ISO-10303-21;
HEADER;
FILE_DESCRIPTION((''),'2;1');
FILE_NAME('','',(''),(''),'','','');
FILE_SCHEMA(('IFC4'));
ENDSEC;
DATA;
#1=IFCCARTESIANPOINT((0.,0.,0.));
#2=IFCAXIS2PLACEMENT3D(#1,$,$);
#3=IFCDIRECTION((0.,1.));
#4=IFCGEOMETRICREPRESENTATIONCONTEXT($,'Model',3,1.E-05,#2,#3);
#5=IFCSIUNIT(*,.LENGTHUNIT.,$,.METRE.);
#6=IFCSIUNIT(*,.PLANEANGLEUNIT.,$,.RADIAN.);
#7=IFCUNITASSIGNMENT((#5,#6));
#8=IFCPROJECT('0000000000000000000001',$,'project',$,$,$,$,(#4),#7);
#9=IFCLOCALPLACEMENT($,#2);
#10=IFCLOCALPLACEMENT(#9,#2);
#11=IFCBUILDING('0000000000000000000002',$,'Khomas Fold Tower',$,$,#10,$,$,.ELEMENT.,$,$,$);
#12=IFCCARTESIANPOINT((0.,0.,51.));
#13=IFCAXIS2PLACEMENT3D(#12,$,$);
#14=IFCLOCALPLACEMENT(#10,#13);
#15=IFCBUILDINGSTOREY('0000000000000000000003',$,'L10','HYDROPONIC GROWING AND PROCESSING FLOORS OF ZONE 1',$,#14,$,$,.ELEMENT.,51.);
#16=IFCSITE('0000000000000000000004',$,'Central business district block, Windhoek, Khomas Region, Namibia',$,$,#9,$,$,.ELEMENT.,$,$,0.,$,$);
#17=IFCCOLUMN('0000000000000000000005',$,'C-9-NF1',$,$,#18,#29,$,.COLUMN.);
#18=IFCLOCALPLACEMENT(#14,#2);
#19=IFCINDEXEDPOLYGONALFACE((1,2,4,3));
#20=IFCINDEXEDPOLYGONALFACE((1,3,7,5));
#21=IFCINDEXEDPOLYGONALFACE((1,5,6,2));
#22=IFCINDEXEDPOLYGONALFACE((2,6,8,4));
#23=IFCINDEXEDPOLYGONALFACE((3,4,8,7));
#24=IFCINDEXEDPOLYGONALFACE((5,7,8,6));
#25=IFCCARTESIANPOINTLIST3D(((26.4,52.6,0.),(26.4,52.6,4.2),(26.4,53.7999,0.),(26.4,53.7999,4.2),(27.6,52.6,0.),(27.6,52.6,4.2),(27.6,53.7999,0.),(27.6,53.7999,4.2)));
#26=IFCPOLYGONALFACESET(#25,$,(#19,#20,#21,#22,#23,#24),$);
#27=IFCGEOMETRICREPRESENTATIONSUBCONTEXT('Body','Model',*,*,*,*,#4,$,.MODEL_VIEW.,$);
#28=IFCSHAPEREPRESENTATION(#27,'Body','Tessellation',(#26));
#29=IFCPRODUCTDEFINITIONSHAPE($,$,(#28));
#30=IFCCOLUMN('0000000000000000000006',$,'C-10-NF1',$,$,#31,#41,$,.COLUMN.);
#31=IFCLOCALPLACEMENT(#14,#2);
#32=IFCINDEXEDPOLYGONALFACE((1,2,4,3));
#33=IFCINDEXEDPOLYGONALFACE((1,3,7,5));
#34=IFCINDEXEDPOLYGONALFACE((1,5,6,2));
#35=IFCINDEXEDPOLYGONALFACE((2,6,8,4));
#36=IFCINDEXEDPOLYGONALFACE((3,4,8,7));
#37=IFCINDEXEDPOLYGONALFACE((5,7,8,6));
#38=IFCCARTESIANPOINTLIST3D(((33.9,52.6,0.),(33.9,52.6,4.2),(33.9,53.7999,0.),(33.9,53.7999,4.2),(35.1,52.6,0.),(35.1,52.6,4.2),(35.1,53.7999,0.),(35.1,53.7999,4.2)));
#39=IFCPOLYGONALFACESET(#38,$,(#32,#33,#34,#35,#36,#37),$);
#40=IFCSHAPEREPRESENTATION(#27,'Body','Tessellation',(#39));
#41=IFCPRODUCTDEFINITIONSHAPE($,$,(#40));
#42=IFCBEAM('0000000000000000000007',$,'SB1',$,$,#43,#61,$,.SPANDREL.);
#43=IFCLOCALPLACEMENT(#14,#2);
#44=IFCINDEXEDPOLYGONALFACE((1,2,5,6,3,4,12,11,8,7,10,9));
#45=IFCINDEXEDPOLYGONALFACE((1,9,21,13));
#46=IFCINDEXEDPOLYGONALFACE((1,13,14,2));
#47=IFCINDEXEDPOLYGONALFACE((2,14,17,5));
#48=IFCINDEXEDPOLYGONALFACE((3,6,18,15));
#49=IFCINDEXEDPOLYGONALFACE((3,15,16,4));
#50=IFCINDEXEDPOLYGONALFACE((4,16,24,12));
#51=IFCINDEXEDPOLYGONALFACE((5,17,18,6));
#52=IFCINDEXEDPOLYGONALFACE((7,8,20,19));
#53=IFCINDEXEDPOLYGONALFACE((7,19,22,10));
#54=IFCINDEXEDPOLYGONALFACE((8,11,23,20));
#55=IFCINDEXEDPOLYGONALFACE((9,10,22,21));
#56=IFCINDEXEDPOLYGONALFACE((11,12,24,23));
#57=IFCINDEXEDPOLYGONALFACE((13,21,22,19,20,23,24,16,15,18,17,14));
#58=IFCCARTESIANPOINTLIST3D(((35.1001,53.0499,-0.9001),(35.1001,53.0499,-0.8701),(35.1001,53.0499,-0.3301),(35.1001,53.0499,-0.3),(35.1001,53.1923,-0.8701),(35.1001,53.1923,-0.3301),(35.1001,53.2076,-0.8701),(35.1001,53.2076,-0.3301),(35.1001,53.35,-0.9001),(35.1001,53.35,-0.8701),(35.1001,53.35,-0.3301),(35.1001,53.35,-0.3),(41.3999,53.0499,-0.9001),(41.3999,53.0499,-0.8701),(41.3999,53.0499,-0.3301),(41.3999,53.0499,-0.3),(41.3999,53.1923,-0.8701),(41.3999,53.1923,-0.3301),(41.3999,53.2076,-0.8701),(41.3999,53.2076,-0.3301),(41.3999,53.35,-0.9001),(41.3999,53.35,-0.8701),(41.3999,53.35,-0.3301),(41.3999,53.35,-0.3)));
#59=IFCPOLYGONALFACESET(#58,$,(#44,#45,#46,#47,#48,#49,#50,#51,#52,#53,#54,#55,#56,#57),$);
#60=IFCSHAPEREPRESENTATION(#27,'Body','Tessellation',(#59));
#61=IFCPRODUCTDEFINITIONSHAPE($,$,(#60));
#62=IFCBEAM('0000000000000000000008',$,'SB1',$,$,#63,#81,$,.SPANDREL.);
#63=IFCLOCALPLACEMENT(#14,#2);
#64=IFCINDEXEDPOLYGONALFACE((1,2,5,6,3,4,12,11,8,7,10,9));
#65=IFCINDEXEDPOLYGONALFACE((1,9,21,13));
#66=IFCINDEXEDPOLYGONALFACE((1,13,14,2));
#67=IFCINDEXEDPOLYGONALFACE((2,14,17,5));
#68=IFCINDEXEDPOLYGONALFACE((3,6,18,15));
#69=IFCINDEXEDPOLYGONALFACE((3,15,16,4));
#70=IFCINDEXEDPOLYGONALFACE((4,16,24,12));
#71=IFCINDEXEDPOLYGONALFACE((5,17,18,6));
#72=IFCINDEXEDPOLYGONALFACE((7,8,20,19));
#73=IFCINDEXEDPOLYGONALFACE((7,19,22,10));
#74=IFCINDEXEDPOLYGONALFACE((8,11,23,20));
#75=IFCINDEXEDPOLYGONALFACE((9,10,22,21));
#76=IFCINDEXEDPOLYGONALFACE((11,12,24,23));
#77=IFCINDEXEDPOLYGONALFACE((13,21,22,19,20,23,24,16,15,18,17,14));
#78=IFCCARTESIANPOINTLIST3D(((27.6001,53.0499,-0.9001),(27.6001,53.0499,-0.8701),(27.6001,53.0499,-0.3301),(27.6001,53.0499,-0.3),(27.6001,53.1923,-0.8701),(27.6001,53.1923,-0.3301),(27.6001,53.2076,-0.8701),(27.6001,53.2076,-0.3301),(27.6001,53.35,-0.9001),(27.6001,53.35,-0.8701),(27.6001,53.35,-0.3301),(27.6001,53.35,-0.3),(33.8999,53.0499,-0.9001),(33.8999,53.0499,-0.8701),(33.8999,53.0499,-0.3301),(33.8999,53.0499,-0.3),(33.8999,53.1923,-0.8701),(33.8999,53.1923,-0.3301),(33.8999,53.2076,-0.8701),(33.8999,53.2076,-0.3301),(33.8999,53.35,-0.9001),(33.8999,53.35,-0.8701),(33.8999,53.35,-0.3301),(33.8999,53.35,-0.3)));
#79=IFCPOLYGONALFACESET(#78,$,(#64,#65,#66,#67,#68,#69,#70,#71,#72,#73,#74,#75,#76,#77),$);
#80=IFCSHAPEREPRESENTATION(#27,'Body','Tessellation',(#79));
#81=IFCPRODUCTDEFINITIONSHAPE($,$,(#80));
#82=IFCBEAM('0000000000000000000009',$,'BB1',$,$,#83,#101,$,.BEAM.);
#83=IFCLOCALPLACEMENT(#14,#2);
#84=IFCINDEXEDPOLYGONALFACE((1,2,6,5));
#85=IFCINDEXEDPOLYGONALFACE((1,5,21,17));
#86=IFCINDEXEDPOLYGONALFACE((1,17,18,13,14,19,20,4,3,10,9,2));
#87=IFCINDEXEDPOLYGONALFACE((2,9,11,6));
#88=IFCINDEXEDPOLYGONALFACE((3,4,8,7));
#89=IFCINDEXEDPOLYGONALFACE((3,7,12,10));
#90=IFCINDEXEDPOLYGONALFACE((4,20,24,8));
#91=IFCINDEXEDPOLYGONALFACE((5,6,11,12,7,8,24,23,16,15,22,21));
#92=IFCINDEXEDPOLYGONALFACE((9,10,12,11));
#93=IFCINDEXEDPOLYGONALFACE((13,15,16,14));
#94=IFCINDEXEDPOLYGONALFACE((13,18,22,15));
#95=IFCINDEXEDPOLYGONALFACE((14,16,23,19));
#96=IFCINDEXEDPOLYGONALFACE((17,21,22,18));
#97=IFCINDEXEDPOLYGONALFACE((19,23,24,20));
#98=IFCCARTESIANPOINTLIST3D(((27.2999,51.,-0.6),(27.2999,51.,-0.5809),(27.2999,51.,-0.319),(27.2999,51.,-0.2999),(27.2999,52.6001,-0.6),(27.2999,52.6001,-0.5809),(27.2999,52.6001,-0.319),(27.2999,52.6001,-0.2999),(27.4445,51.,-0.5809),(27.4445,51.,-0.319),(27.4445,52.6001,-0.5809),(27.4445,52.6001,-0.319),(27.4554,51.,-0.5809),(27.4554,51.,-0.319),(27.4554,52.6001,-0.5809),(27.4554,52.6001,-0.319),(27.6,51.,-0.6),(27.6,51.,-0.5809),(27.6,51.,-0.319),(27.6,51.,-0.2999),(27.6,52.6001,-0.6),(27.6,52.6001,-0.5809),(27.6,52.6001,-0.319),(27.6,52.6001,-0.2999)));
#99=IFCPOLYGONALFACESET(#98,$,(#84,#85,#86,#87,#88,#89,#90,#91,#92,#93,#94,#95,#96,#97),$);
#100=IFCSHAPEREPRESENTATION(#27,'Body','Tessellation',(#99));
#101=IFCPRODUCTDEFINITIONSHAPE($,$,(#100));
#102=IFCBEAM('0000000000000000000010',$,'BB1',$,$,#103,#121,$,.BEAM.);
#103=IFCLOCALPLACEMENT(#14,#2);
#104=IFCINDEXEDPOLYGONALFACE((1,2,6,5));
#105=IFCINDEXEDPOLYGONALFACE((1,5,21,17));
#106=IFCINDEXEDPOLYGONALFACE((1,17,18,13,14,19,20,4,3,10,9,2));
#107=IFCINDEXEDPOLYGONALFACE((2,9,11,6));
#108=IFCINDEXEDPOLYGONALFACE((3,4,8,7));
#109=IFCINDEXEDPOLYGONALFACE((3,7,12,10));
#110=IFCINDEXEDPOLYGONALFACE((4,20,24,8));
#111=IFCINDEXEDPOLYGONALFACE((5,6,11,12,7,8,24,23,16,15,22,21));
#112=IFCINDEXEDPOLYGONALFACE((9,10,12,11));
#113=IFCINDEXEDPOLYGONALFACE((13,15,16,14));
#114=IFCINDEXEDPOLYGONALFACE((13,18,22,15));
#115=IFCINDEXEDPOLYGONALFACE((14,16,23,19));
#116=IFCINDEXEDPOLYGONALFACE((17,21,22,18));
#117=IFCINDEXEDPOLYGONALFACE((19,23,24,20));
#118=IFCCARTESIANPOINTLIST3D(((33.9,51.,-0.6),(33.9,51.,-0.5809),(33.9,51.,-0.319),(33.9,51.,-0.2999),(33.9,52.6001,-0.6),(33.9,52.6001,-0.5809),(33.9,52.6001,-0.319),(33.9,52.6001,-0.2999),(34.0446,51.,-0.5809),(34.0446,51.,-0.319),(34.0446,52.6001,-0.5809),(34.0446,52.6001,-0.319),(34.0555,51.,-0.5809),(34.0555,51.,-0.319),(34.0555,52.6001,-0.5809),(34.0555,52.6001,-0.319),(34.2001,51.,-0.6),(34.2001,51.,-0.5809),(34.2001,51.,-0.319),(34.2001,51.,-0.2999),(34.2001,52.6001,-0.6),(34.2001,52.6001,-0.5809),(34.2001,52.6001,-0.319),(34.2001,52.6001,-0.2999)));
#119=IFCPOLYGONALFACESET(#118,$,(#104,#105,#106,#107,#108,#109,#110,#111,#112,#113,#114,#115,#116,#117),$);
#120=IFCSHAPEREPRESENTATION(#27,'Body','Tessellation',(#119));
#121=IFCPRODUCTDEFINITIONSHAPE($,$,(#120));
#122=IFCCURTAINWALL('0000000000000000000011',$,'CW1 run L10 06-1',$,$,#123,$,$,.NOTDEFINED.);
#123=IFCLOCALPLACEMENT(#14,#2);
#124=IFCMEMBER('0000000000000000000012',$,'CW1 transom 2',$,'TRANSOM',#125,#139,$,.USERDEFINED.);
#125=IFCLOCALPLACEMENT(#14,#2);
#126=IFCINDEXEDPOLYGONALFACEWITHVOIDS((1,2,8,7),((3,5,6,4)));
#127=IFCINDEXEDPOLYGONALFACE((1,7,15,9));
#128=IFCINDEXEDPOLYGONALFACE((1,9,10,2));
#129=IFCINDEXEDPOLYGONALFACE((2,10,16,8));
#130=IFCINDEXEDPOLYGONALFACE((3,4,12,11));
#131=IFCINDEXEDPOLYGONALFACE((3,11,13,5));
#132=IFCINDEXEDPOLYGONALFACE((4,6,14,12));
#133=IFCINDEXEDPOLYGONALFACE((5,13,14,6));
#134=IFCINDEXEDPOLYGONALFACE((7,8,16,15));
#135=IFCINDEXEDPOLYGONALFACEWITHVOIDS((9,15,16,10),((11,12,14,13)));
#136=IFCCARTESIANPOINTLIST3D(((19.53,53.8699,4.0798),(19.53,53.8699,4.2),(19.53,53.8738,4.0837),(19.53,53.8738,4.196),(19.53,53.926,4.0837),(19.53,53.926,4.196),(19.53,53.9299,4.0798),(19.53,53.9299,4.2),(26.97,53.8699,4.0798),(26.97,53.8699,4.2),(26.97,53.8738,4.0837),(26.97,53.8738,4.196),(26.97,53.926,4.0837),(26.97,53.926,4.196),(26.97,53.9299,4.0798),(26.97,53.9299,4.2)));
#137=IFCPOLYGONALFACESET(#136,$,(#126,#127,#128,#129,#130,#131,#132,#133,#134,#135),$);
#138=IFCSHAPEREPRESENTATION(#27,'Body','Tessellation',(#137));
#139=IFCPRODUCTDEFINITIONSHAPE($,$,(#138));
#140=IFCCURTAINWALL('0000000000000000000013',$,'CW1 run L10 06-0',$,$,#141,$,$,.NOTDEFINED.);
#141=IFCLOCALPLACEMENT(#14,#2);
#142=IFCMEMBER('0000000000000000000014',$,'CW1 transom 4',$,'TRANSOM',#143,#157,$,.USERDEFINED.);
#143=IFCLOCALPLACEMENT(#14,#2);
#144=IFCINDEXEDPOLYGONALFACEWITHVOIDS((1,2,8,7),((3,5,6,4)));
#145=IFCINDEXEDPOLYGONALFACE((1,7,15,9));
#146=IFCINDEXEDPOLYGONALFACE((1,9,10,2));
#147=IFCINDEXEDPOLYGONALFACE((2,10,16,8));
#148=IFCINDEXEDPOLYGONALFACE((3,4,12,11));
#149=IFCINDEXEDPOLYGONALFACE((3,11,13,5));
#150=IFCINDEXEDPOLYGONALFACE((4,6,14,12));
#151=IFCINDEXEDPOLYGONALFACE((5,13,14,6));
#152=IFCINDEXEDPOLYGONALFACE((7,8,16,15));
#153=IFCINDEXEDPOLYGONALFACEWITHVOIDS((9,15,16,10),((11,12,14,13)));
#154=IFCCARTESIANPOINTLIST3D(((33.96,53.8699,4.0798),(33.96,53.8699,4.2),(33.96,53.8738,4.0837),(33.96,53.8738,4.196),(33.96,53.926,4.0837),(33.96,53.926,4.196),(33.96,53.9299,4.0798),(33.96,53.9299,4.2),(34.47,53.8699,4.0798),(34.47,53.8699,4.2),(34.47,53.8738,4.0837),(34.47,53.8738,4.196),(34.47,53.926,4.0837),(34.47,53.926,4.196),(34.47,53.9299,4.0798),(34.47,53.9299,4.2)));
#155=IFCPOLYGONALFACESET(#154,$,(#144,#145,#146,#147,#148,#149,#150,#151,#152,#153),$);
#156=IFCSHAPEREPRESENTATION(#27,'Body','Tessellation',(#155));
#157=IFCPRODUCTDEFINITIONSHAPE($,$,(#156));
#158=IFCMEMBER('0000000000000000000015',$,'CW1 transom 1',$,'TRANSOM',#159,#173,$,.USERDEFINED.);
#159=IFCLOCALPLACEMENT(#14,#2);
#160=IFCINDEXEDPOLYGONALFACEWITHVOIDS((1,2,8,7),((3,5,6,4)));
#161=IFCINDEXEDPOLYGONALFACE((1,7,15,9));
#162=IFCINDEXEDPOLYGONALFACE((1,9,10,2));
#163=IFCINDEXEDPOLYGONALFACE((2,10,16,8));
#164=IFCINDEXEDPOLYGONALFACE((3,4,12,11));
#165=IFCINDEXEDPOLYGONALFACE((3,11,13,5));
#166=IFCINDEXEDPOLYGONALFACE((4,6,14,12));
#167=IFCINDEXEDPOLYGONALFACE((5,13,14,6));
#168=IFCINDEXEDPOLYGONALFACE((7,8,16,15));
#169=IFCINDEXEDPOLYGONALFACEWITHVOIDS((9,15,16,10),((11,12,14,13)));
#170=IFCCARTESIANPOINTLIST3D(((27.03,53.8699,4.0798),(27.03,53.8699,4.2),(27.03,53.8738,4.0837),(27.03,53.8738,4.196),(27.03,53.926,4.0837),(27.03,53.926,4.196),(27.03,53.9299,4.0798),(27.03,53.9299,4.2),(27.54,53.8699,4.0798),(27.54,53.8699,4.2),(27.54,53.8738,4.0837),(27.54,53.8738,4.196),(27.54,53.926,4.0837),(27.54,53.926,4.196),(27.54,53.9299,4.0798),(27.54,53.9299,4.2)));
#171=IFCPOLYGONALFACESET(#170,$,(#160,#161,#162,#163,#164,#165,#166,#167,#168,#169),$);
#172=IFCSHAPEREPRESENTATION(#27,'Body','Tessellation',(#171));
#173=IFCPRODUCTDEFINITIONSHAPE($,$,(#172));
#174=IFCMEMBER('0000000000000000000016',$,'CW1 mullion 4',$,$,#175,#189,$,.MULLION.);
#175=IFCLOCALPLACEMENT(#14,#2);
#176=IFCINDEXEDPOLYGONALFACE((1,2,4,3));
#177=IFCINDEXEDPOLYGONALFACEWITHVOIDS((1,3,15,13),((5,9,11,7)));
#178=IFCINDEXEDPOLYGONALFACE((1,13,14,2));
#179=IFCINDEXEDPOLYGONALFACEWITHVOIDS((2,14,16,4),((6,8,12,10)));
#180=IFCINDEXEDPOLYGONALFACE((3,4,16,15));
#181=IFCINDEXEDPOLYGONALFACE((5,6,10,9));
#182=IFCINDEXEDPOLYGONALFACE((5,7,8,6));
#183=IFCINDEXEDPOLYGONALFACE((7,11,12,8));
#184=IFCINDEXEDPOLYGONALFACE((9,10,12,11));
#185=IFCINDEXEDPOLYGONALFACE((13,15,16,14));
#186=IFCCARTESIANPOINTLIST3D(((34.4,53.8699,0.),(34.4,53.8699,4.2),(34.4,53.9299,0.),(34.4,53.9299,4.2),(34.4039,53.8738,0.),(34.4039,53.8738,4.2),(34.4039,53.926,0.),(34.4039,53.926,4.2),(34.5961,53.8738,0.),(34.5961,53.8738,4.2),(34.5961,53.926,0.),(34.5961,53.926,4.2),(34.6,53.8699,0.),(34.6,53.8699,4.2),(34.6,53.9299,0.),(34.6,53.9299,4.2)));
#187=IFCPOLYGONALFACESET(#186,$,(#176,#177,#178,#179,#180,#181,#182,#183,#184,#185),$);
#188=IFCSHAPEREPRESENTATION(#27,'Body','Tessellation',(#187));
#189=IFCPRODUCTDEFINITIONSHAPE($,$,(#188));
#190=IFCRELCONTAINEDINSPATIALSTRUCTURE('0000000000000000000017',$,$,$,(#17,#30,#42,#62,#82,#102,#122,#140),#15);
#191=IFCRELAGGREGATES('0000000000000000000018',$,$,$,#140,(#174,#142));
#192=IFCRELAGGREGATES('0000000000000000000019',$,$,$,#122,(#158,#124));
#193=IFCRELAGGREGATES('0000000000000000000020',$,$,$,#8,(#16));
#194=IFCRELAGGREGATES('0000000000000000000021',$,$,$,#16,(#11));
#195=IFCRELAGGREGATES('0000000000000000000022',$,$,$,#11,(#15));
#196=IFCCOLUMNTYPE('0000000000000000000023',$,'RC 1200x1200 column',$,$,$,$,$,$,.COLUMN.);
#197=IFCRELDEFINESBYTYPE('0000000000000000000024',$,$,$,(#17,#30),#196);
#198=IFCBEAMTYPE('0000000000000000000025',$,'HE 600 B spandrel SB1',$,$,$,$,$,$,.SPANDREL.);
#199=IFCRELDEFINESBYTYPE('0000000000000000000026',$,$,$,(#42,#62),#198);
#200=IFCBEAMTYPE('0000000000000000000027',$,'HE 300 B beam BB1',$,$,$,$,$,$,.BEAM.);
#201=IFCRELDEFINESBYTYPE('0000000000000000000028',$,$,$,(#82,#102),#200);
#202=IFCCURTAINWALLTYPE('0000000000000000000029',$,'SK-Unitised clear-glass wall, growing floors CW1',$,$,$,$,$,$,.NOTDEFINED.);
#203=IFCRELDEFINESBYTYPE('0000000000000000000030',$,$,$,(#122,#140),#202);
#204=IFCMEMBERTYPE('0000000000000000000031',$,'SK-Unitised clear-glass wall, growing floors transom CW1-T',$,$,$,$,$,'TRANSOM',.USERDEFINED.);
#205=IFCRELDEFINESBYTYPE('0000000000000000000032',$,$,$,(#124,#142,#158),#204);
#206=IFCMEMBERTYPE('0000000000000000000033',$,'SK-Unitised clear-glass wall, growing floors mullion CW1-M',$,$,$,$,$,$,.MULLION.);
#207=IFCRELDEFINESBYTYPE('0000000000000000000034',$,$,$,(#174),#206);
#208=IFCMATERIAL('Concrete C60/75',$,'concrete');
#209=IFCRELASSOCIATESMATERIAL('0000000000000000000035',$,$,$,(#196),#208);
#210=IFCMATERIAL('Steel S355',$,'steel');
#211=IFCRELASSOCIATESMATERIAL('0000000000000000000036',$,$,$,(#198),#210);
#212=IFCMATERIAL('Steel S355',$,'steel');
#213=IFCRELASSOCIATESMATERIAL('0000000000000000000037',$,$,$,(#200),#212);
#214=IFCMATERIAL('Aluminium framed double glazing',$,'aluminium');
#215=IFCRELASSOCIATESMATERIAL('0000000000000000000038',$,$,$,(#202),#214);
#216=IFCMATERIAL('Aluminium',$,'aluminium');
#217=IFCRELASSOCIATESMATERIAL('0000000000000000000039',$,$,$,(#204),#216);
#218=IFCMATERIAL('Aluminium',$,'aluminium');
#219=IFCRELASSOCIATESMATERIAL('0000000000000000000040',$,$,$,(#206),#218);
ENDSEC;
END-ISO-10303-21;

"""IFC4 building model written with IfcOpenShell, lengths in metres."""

from ifc_helpers import new_model, si_unit, direction, frame, origin, origin_2d, place, context, subcontext, project, spatial, rectangle, hollow_rectangle, i_section, extrude, source, transform, mapped, material, material_profile, profile_set, type_object, element, aggregate, save


model = new_model("IFC4")

# Units and contexts
model_context = context("Model", 3, precision=1e-05, world=origin(), true_north=direction((0.0, 1.0)))
body_context = subcontext(model_context, "Body", "Model", "MODEL_VIEW")
ifc_project = project(units=[si_unit("LENGTHUNIT", "METRE"), si_unit("PLANEANGLEUNIT", "RADIAN")], contexts=[model_context])

# Site, building, storey
site_placement = place(None, origin())
site = spatial("IfcSite", under=ifc_project, at=site_placement, Name="Central business district block, Windhoek, Khomas Region, Namibia", CompositionType="ELEMENT", RefElevation=0.0)
building_placement = place(site_placement, origin())
building = spatial("IfcBuilding", under=site, at=building_placement, Name="Khomas Fold Tower", CompositionType="ELEMENT")
storey_placement = place(building_placement, frame((0.0, 0.0, 51.0)))
storey = spatial("IfcBuildingStorey", under=building, at=storey_placement, Name="L10", Description="HYDROPONIC GROWING AND PROCESSING FLOORS OF ZONE 1", CompositionType="ELEMENT", Elevation=51.0)

# Columns
ifc_material_1 = material(Name="Concrete C60/75", Category="concrete")
ifc_material_profile_1 = material_profile(ifc_material_1, rectangle(XDim=1.2, YDim=1.2, at=origin_2d()), Name="RC 1200x1200")
ifc_profile_set_1 = profile_set([ifc_material_profile_1], Name="Concrete C60/75")
column_type = type_object("IfcColumnType", Name="RC 1200x1200 column", PredefinedType="COLUMN", material=ifc_profile_set_1)
shared_shape_1 = source(origin(), body_context, "Body", "SweptSolid", [
    extrude(rectangle(XDim=1.2, YDim=1.2, at=origin_2d()), origin(), (0.0, 0.0, 1.0), 4.2),
])
for number, where, z_axis, x_axis, name in (
    (1, (27.0, 53.2, 0.0), (0.0, 0.0, 1.0), (1.0, 0.0, 0.0), "C-9-NF1"),
    (2, (34.5, 53.2, 0.0), (0.0, 0.0, 1.0), (1.0, 0.0, 0.0), "C-10-NF1"),
):
    element("IfcColumn", number, at=place(storey_placement, frame(where, z_axis=z_axis, x_axis=x_axis)), inside=storey, type_object=column_type, Name=name, PredefinedType="COLUMN", context=body_context, shape_type="MappedRepresentation", body=[
        mapped(shared_shape_1, transform((0.0, 0.0, 0.0))),
    ])

# Beams
ifc_material_2 = material(Name="Steel S355", Category="steel")
ifc_material_profile_2 = material_profile(ifc_material_2, i_section(OverallWidth=0.3, OverallDepth=0.6001, WebThickness=0.0154, FlangeThickness=0.03, at=origin_2d()), Name="HE 600 B")
ifc_profile_set_2 = profile_set([ifc_material_profile_2], Name="Steel S355")
beam_type_1 = type_object("IfcBeamType", Name="HE 600 B spandrel SB1", PredefinedType="SPANDREL", material=ifc_profile_set_2)
shared_shape_2 = source(origin(), body_context, "Body", "SweptSolid", [
    extrude(i_section(OverallWidth=0.3, OverallDepth=0.6001, WebThickness=0.0154, FlangeThickness=0.03, at=origin_2d()), origin(), (0.0, 0.0, 1.0), 6.2998),
])
for number, where, z_axis, x_axis, name in (
    (3, (35.1001, 53.2, -0.6001), (1.0, 0.0, 0.0), (0.0, 1.0, 0.0), "SB1"),
    (4, (27.6001, 53.2, -0.6001), (1.0, 0.0, 0.0), (0.0, 1.0, 0.0), "SB1"),
):
    element("IfcBeam", number, at=place(storey_placement, frame(where, z_axis=z_axis, x_axis=x_axis)), inside=storey, type_object=beam_type_1, Name=name, PredefinedType="SPANDREL", context=body_context, shape_type="MappedRepresentation", body=[
        mapped(shared_shape_2, transform((0.0, 0.0, 0.0))),
    ])
ifc_material_3 = material(Name="Steel S355", Category="steel")
ifc_material_profile_3 = material_profile(ifc_material_3, i_section(OverallWidth=0.3, OverallDepth=0.3, WebThickness=0.011, FlangeThickness=0.019, at=origin_2d()), Name="HE 300 B")
ifc_profile_set_3 = profile_set([ifc_material_profile_3], Name="Steel S355")
beam_type_2 = type_object("IfcBeamType", Name="HE 300 B beam BB1", PredefinedType="BEAM", material=ifc_profile_set_3)
shared_shape_3 = source(origin(), body_context, "Body", "SweptSolid", [
    extrude(i_section(OverallWidth=0.3, OverallDepth=0.3, WebThickness=0.011, FlangeThickness=0.019, at=origin_2d()), origin(), (0.0, 0.0, 1.0), 1.6001),
])
for number, where, z_axis, x_axis, name in (
    (5, (27.45, 51.0, -0.45), (0.0, 1.0, 0.0), (-1.0, 0.0, 0.0), "BB1"),
    (6, (34.05, 51.0, -0.45), (0.0, 1.0, 0.0), (-1.0, 0.0, 0.0), "BB1"),
):
    element("IfcBeam", number, at=place(storey_placement, frame(where, z_axis=z_axis, x_axis=x_axis)), inside=storey, type_object=beam_type_2, Name=name, PredefinedType="BEAM", context=body_context, shape_type="MappedRepresentation", body=[
        mapped(shared_shape_3, transform((0.0, 0.0, 0.0))),
    ])

# Curtain walls, members
ifc_material_4 = material(Name="Aluminium framed double glazing", Category="aluminium")
curtain_wall_type = type_object("IfcCurtainWallType", Name="SK-Unitised clear-glass wall, growing floors CW1", PredefinedType="NOTDEFINED", material=ifc_material_4)
curtain_wall_1_placement = place(storey_placement, origin())
curtain_wall_1 = element("IfcCurtainWall", 7, at=curtain_wall_1_placement, inside=storey, type_object=curtain_wall_type, Name="CW1 run L10 06-1", PredefinedType="NOTDEFINED")
ifc_material_5 = material(Name="Aluminium", Category="aluminium")
ifc_material_profile_4 = material_profile(ifc_material_5, hollow_rectangle(XDim=0.0601, YDim=0.1201, WallThickness=0.0039, at=origin_2d()), Name="SK-Unitised clear-glass wall, growing floors transom CW1-T")
ifc_profile_set_4 = profile_set([ifc_material_profile_4], Name="Aluminium")
member_type_1 = type_object("IfcMemberType", Name="SK-Unitised clear-glass wall, growing floors transom CW1-T", ElementType="TRANSOM", PredefinedType="USERDEFINED", material=ifc_profile_set_4)
shared_shape_4 = source(origin(), body_context, "Body", "SweptSolid", [
    extrude(hollow_rectangle(XDim=0.0601, YDim=0.1201, WallThickness=0.0039, at=origin_2d()), origin(), (0.0, 0.0, 1.0), 7.4399),
])
member_1_placement = place(storey_placement, frame((26.97, 53.8999, 4.1399), z_axis=(-1.0, 0.0, 0.0), x_axis=(0.0, -1.0, 0.0)))
member_1 = element("IfcMember", 8, at=member_1_placement, type_object=member_type_1, Name="CW1 transom 2", ObjectType="TRANSOM", PredefinedType="USERDEFINED", context=body_context, shape_type="MappedRepresentation", body=[
    mapped(shared_shape_4, transform((0.0, 0.0, 0.0))),
])
curtain_wall_2_placement = place(storey_placement, origin())
curtain_wall_2 = element("IfcCurtainWall", 9, at=curtain_wall_2_placement, inside=storey, type_object=curtain_wall_type, Name="CW1 run L10 06-0", PredefinedType="NOTDEFINED")
shared_shape_5 = source(origin(), body_context, "Body", "SweptSolid", [
    extrude(hollow_rectangle(XDim=0.0601, YDim=0.1201, WallThickness=0.0039, at=origin_2d()), origin(), (0.0, 0.0, 1.0), 0.51),
])
member_2_placement = place(storey_placement, frame((34.47, 53.8999, 4.1399), z_axis=(-1.0, 0.0, 0.0), x_axis=(0.0, -1.0, 0.0)))
member_2 = element("IfcMember", 10, at=member_2_placement, type_object=member_type_1, Name="CW1 transom 4", ObjectType="TRANSOM", PredefinedType="USERDEFINED", context=body_context, shape_type="MappedRepresentation", body=[
    mapped(shared_shape_5, transform((0.0, 0.0, 0.0))),
])

# Members
member_3_placement = place(storey_placement, frame((27.54, 53.8999, 4.1399), z_axis=(-1.0, 0.0, 0.0), x_axis=(0.0, -1.0, 0.0)))
member_3 = element("IfcMember", 11, at=member_3_placement, type_object=member_type_1, Name="CW1 transom 1", ObjectType="TRANSOM", PredefinedType="USERDEFINED", context=body_context, shape_type="MappedRepresentation", body=[
    mapped(shared_shape_5, transform((0.0, 0.0, 0.0))),
])
ifc_material_6 = material(Name="Aluminium", Category="aluminium")
ifc_material_profile_5 = material_profile(ifc_material_6, hollow_rectangle(XDim=0.0601, YDim=0.2, WallThickness=0.0039, at=origin_2d()), Name="SK-Unitised clear-glass wall, growing floors mullion CW1-M")
ifc_profile_set_5 = profile_set([ifc_material_profile_5], Name="Aluminium")
member_type_2 = type_object("IfcMemberType", Name="SK-Unitised clear-glass wall, growing floors mullion CW1-M", PredefinedType="MULLION", material=ifc_profile_set_5)
shared_shape_6 = source(origin(), body_context, "Body", "SweptSolid", [
    extrude(hollow_rectangle(XDim=0.0601, YDim=0.2, WallThickness=0.0039, at=origin_2d()), origin(), (0.0, 0.0, 1.0), 4.2),
])
member_4_placement = place(storey_placement, frame((34.5, 53.8999, 0.0), z_axis=(0.0, 0.0, 1.0), x_axis=(0.0, -1.0, 0.0)))
member_4 = element("IfcMember", 12, at=member_4_placement, type_object=member_type_2, Name="CW1 mullion 4", PredefinedType="MULLION", context=body_context, shape_type="MappedRepresentation", body=[
    mapped(shared_shape_6, transform((0.0, 0.0, 0.0))),
])

aggregate(curtain_wall_2, [member_4, member_2])
aggregate(curtain_wall_1, [member_3, member_1])

save(model, "model.ifc")
